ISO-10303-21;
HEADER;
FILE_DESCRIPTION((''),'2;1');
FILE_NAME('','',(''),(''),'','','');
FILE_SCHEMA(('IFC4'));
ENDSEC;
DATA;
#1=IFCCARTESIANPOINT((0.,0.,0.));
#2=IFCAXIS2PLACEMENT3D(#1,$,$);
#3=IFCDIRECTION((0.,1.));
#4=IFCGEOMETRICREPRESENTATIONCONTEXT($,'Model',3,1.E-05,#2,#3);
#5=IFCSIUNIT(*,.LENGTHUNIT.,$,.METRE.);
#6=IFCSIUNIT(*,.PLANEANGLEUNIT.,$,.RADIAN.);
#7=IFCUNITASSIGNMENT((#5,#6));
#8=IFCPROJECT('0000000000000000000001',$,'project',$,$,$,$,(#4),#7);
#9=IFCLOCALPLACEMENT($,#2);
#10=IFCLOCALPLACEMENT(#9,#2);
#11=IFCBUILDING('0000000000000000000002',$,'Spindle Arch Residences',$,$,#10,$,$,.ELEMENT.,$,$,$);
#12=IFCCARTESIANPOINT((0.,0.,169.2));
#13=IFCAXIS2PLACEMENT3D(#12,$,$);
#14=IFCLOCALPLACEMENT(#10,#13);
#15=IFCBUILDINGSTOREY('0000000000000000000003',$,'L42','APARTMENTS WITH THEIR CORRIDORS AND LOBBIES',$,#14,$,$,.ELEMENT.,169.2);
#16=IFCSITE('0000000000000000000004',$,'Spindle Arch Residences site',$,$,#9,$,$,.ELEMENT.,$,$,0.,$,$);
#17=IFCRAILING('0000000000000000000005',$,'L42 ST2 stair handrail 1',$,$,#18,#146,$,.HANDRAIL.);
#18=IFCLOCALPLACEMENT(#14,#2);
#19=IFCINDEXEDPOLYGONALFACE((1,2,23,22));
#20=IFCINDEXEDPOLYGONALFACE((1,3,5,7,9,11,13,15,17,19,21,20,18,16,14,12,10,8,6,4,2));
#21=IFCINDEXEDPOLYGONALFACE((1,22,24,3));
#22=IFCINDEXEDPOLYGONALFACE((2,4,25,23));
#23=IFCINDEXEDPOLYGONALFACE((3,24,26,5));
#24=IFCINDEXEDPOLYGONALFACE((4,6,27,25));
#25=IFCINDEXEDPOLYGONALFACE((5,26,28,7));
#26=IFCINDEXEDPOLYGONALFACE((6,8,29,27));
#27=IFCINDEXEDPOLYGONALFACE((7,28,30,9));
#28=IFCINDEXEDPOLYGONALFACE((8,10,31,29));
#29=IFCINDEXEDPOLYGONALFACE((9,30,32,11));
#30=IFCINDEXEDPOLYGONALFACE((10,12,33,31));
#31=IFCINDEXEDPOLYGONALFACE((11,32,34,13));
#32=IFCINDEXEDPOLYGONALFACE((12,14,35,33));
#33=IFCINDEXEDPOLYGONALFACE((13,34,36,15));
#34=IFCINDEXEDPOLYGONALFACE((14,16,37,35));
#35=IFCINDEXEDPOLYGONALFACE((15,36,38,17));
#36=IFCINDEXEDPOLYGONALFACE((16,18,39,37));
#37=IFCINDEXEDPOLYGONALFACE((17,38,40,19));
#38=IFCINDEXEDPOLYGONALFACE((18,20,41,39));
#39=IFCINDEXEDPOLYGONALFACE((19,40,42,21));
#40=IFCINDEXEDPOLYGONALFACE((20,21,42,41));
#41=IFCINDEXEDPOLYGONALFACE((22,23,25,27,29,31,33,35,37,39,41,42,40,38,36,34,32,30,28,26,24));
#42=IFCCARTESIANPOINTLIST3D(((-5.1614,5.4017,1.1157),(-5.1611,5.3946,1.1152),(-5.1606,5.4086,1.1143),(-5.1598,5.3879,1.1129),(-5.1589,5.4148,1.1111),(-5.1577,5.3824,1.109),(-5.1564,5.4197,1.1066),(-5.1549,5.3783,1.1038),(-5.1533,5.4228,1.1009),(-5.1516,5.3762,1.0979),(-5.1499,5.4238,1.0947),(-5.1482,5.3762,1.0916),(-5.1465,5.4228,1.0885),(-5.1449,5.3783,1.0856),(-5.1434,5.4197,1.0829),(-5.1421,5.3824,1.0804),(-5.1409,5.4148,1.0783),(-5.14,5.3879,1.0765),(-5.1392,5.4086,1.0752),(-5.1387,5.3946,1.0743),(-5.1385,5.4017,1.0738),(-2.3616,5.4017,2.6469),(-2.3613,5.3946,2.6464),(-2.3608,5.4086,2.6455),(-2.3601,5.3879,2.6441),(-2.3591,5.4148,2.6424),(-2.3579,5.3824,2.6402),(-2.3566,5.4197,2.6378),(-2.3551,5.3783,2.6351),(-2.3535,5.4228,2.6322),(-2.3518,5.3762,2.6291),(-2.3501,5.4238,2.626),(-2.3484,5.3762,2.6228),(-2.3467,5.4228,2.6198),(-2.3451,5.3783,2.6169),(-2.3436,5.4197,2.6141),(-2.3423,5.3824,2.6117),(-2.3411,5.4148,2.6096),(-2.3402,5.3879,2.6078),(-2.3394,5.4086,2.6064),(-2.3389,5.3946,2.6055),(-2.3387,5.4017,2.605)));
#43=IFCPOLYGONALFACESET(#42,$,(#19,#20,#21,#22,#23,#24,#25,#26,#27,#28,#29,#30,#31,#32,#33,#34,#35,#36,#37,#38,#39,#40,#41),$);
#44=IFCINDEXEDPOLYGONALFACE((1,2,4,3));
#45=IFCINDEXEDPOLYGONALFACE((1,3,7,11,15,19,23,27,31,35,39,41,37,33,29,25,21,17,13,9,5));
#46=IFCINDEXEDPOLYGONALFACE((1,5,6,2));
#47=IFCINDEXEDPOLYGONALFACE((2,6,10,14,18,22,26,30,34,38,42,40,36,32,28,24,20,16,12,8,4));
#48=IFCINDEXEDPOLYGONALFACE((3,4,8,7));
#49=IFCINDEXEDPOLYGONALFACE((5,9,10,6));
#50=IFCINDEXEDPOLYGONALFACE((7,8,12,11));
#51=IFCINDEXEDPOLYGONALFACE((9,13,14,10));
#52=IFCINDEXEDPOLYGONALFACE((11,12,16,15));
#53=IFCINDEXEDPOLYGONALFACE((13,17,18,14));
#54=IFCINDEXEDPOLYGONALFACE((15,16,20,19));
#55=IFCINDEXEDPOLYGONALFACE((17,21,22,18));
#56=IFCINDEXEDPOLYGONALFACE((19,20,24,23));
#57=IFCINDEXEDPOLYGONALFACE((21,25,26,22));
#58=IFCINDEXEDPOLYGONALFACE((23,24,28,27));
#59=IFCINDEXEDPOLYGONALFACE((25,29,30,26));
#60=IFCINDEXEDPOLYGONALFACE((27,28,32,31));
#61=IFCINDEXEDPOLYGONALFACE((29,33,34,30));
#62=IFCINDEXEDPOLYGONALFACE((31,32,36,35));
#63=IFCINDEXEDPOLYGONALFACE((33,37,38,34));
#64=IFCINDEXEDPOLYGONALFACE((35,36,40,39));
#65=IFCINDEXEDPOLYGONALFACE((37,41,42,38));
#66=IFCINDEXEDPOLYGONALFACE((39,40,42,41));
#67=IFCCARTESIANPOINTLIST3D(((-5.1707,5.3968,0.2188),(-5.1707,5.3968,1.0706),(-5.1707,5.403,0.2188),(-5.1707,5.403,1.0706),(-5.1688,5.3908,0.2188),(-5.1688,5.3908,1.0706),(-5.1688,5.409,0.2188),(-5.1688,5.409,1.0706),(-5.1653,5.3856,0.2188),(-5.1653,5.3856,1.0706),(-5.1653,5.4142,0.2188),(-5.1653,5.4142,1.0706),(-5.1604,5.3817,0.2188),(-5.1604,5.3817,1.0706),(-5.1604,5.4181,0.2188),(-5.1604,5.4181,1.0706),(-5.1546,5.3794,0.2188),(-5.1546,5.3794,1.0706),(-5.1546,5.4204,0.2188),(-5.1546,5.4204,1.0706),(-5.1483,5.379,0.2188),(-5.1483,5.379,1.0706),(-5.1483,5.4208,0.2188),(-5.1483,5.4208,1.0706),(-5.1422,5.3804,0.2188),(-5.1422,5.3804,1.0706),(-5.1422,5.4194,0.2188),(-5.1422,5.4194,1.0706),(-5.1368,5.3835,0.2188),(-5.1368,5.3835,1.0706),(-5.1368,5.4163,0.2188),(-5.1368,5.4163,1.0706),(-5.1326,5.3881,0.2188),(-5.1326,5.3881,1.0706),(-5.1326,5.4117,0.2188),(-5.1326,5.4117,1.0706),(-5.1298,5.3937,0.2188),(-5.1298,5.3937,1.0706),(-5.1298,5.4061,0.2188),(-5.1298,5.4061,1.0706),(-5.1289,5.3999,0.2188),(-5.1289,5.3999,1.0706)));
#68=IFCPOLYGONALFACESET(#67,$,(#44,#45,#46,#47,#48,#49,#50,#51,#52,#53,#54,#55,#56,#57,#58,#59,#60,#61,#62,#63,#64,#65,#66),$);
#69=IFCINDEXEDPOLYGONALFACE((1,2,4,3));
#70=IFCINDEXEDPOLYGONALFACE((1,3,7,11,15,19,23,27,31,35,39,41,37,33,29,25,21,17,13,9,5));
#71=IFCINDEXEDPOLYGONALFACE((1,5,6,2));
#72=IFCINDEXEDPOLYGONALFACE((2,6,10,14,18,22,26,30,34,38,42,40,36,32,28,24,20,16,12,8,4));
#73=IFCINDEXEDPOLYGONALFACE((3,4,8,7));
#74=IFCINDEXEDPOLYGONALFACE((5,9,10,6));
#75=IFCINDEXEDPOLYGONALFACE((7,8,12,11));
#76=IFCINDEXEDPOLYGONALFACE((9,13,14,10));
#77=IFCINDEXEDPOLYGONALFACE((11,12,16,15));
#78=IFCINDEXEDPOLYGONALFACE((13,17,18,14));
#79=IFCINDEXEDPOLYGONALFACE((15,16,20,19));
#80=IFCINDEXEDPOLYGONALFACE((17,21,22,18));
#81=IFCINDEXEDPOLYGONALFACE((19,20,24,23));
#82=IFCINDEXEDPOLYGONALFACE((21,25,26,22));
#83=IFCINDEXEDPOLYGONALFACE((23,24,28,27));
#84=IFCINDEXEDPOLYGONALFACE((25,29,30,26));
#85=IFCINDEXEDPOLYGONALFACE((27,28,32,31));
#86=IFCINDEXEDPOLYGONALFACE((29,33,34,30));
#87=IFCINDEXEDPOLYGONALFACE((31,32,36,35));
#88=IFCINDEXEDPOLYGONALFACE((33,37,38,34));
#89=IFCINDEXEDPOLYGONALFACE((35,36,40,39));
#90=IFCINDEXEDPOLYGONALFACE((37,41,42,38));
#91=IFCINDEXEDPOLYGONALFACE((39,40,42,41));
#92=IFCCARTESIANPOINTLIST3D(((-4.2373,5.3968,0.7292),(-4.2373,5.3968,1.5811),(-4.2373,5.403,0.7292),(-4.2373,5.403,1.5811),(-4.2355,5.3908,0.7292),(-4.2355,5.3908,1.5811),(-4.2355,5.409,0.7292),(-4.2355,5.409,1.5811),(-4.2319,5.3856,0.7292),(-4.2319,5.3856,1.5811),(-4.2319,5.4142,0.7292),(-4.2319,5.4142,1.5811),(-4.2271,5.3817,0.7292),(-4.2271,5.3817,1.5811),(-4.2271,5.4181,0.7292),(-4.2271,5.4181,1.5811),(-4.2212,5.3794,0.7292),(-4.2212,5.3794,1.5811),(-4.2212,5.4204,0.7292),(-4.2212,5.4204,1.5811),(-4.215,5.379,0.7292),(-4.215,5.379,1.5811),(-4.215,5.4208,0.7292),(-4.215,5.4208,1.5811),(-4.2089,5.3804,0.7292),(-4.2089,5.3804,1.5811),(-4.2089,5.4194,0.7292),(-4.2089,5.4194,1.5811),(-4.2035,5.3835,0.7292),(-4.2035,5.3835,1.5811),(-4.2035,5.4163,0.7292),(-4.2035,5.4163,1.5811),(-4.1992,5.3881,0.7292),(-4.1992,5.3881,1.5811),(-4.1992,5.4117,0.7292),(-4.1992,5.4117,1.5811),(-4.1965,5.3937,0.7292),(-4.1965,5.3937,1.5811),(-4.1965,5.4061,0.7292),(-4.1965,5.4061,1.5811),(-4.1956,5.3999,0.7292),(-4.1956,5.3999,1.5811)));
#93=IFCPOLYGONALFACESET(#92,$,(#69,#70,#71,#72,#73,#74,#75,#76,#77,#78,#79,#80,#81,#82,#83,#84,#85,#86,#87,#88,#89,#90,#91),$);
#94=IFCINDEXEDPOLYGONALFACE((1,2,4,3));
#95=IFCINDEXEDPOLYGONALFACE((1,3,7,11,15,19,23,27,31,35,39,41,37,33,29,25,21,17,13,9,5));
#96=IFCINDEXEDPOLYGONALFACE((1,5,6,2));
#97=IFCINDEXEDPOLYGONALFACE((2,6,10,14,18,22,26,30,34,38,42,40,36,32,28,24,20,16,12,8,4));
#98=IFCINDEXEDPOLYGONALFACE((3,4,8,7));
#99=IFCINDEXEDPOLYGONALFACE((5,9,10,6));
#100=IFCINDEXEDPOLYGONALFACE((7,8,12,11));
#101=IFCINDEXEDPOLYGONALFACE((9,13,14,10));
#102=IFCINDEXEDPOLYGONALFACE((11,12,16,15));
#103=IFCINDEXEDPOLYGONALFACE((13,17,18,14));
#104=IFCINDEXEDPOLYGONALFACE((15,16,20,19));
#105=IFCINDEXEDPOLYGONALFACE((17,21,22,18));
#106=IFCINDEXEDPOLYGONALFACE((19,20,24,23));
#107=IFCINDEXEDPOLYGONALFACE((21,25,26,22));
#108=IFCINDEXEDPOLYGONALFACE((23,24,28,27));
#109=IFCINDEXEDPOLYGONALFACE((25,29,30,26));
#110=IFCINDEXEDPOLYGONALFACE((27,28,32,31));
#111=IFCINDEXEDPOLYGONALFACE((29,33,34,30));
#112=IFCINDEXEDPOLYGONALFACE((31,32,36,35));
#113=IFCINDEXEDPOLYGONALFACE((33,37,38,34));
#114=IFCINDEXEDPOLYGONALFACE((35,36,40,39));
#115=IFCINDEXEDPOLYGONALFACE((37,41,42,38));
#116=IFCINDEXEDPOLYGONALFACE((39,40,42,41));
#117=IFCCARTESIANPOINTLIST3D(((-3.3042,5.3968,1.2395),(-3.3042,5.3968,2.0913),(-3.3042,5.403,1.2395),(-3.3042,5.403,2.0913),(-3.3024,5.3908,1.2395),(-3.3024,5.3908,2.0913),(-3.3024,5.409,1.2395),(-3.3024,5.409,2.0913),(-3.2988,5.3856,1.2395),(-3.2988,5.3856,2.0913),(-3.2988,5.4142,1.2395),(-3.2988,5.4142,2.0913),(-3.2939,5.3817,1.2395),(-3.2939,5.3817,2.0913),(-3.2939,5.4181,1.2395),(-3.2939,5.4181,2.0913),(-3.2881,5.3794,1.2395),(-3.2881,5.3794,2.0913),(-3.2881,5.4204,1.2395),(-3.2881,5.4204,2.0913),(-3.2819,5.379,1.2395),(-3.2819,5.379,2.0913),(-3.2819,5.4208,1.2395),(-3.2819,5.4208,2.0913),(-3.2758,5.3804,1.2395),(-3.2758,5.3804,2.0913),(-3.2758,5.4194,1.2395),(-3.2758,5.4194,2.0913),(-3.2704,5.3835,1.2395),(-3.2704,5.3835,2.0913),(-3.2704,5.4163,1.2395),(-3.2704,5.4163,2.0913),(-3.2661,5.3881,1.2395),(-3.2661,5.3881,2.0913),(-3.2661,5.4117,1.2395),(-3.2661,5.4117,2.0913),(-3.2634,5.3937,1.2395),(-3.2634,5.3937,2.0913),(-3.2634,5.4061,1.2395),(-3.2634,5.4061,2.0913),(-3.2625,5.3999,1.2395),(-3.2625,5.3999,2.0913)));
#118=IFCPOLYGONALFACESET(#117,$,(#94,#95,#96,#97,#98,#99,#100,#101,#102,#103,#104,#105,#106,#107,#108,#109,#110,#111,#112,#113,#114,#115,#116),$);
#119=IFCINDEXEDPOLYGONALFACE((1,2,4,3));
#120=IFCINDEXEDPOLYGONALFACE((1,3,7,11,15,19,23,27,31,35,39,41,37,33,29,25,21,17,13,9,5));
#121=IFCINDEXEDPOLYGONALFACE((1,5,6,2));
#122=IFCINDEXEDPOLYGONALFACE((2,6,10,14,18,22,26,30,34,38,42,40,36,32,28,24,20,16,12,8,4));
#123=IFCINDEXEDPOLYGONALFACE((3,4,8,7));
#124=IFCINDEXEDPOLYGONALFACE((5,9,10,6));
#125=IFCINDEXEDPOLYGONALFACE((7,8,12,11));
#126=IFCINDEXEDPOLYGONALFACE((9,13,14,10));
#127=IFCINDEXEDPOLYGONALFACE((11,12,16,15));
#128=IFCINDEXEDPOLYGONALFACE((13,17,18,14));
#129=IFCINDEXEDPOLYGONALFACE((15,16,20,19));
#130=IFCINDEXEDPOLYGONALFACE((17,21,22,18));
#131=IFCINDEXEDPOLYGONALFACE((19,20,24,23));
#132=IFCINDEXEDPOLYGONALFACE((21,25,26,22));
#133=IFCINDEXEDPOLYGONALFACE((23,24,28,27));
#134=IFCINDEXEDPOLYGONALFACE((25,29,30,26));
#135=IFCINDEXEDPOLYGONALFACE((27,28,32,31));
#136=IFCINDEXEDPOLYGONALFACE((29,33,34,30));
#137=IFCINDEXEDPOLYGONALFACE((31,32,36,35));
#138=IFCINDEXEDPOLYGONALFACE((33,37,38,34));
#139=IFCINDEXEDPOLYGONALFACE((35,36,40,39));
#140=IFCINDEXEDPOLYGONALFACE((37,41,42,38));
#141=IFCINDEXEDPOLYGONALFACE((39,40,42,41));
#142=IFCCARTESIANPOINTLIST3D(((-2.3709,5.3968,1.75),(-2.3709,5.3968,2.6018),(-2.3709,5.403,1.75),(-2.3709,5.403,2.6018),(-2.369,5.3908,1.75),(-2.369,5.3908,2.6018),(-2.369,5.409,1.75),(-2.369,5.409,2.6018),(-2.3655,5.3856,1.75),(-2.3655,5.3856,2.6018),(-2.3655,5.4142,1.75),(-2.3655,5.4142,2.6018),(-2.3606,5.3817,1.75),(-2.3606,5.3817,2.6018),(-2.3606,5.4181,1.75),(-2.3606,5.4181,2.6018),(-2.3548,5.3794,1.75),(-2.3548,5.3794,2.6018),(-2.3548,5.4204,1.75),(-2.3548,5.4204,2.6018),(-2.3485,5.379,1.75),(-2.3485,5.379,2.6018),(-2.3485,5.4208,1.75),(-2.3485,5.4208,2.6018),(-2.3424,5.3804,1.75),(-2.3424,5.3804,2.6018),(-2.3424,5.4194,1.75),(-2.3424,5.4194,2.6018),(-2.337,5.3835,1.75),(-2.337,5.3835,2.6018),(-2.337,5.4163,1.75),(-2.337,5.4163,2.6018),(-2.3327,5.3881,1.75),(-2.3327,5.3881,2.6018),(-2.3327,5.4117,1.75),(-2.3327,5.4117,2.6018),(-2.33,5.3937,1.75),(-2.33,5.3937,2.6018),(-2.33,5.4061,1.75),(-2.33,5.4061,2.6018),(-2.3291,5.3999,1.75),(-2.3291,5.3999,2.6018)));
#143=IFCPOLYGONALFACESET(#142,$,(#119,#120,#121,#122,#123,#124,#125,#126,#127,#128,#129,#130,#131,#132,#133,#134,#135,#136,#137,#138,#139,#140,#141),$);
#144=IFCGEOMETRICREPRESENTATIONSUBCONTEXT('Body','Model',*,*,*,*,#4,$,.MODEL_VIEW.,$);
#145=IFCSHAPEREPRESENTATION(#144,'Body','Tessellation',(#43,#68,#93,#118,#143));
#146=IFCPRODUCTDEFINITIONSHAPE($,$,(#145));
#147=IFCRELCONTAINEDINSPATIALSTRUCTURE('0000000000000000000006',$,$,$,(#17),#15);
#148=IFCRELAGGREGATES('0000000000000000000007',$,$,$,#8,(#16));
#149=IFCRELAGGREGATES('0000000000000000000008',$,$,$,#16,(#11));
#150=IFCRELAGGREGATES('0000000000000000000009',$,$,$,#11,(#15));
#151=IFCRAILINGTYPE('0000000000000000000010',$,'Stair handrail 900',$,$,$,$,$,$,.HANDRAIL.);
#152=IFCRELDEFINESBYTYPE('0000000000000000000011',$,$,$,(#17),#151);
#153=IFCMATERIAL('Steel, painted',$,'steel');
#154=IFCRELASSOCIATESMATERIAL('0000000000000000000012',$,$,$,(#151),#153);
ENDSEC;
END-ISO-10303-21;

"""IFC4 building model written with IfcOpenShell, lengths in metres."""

from ifc_helpers import new_model, si_unit, direction, frame, origin, origin_2d, place, context, subcontext, project, spatial, circle, extrude, material, type_object, element, save


model = new_model("IFC4")

# Units and contexts
model_context = context("Model", 3, precision=1e-05, world=origin(), true_north=direction((0.0, 1.0)))
body_context = subcontext(model_context, "Body", "Model", "MODEL_VIEW")
ifc_project = project(units=[si_unit("LENGTHUNIT", "METRE"), si_unit("PLANEANGLEUNIT", "RADIAN")], contexts=[model_context])

# Site, building, storey
site_placement = place(None, origin())
site = spatial("IfcSite", under=ifc_project, at=site_placement, Name="Spindle Arch Residences site", CompositionType="ELEMENT", RefElevation=0.0)
building_placement = place(site_placement, origin())
building = spatial("IfcBuilding", under=site, at=building_placement, Name="Spindle Arch Residences", CompositionType="ELEMENT")
storey_placement = place(building_placement, frame((0.0, 0.0, 169.2)))
storey = spatial("IfcBuildingStorey", under=building, at=storey_placement, Name="L42", Description="APARTMENTS WITH THEIR CORRIDORS AND LOBBIES", CompositionType="ELEMENT", Elevation=169.2)

# Railing
ifc_material_1 = material(Name="Steel, painted", Category="steel")
railing_type_1 = type_object("IfcRailingType", Name="Stair handrail 900", PredefinedType="HANDRAIL", material=ifc_material_1)
railing_1_placement = place(storey_placement, frame((-5.1499, 5.3999, 0.2188)))
element("IfcRailing", 1, at=railing_1_placement, inside=storey, type_object=railing_type_1, Name="L42 ST2 stair handrail 1", PredefinedType="HANDRAIL", context=body_context, shape_type="SweptSolid", body=[
    extrude(circle(Radius=0.0239, at=origin_2d()), frame((0.0, 0.0, 0.876), z_axis=(0.877357, 0.0, 0.479838), x_axis=(0.0, 1.0, 0.0)), (0.0, 0.0, 1.0), 3.1912),
    extrude(circle(Radius=0.021, at=origin_2d()), origin(), (0.0, 0.0, 1.0), 0.8518),
    extrude(circle(Radius=0.021, at=origin_2d()), frame((0.9333, 0.0, 0.5105)), (0.0, 0.0, 1.0), 0.8518),
    extrude(circle(Radius=0.021, at=origin_2d()), frame((1.8665, 0.0, 1.0208)), (0.0, 0.0, 1.0), 0.8518),
    extrude(circle(Radius=0.021, at=origin_2d()), frame((2.7998, 0.0, 1.5312)), (0.0, 0.0, 1.0), 0.8518),
])

save(model, "model.ifc")
